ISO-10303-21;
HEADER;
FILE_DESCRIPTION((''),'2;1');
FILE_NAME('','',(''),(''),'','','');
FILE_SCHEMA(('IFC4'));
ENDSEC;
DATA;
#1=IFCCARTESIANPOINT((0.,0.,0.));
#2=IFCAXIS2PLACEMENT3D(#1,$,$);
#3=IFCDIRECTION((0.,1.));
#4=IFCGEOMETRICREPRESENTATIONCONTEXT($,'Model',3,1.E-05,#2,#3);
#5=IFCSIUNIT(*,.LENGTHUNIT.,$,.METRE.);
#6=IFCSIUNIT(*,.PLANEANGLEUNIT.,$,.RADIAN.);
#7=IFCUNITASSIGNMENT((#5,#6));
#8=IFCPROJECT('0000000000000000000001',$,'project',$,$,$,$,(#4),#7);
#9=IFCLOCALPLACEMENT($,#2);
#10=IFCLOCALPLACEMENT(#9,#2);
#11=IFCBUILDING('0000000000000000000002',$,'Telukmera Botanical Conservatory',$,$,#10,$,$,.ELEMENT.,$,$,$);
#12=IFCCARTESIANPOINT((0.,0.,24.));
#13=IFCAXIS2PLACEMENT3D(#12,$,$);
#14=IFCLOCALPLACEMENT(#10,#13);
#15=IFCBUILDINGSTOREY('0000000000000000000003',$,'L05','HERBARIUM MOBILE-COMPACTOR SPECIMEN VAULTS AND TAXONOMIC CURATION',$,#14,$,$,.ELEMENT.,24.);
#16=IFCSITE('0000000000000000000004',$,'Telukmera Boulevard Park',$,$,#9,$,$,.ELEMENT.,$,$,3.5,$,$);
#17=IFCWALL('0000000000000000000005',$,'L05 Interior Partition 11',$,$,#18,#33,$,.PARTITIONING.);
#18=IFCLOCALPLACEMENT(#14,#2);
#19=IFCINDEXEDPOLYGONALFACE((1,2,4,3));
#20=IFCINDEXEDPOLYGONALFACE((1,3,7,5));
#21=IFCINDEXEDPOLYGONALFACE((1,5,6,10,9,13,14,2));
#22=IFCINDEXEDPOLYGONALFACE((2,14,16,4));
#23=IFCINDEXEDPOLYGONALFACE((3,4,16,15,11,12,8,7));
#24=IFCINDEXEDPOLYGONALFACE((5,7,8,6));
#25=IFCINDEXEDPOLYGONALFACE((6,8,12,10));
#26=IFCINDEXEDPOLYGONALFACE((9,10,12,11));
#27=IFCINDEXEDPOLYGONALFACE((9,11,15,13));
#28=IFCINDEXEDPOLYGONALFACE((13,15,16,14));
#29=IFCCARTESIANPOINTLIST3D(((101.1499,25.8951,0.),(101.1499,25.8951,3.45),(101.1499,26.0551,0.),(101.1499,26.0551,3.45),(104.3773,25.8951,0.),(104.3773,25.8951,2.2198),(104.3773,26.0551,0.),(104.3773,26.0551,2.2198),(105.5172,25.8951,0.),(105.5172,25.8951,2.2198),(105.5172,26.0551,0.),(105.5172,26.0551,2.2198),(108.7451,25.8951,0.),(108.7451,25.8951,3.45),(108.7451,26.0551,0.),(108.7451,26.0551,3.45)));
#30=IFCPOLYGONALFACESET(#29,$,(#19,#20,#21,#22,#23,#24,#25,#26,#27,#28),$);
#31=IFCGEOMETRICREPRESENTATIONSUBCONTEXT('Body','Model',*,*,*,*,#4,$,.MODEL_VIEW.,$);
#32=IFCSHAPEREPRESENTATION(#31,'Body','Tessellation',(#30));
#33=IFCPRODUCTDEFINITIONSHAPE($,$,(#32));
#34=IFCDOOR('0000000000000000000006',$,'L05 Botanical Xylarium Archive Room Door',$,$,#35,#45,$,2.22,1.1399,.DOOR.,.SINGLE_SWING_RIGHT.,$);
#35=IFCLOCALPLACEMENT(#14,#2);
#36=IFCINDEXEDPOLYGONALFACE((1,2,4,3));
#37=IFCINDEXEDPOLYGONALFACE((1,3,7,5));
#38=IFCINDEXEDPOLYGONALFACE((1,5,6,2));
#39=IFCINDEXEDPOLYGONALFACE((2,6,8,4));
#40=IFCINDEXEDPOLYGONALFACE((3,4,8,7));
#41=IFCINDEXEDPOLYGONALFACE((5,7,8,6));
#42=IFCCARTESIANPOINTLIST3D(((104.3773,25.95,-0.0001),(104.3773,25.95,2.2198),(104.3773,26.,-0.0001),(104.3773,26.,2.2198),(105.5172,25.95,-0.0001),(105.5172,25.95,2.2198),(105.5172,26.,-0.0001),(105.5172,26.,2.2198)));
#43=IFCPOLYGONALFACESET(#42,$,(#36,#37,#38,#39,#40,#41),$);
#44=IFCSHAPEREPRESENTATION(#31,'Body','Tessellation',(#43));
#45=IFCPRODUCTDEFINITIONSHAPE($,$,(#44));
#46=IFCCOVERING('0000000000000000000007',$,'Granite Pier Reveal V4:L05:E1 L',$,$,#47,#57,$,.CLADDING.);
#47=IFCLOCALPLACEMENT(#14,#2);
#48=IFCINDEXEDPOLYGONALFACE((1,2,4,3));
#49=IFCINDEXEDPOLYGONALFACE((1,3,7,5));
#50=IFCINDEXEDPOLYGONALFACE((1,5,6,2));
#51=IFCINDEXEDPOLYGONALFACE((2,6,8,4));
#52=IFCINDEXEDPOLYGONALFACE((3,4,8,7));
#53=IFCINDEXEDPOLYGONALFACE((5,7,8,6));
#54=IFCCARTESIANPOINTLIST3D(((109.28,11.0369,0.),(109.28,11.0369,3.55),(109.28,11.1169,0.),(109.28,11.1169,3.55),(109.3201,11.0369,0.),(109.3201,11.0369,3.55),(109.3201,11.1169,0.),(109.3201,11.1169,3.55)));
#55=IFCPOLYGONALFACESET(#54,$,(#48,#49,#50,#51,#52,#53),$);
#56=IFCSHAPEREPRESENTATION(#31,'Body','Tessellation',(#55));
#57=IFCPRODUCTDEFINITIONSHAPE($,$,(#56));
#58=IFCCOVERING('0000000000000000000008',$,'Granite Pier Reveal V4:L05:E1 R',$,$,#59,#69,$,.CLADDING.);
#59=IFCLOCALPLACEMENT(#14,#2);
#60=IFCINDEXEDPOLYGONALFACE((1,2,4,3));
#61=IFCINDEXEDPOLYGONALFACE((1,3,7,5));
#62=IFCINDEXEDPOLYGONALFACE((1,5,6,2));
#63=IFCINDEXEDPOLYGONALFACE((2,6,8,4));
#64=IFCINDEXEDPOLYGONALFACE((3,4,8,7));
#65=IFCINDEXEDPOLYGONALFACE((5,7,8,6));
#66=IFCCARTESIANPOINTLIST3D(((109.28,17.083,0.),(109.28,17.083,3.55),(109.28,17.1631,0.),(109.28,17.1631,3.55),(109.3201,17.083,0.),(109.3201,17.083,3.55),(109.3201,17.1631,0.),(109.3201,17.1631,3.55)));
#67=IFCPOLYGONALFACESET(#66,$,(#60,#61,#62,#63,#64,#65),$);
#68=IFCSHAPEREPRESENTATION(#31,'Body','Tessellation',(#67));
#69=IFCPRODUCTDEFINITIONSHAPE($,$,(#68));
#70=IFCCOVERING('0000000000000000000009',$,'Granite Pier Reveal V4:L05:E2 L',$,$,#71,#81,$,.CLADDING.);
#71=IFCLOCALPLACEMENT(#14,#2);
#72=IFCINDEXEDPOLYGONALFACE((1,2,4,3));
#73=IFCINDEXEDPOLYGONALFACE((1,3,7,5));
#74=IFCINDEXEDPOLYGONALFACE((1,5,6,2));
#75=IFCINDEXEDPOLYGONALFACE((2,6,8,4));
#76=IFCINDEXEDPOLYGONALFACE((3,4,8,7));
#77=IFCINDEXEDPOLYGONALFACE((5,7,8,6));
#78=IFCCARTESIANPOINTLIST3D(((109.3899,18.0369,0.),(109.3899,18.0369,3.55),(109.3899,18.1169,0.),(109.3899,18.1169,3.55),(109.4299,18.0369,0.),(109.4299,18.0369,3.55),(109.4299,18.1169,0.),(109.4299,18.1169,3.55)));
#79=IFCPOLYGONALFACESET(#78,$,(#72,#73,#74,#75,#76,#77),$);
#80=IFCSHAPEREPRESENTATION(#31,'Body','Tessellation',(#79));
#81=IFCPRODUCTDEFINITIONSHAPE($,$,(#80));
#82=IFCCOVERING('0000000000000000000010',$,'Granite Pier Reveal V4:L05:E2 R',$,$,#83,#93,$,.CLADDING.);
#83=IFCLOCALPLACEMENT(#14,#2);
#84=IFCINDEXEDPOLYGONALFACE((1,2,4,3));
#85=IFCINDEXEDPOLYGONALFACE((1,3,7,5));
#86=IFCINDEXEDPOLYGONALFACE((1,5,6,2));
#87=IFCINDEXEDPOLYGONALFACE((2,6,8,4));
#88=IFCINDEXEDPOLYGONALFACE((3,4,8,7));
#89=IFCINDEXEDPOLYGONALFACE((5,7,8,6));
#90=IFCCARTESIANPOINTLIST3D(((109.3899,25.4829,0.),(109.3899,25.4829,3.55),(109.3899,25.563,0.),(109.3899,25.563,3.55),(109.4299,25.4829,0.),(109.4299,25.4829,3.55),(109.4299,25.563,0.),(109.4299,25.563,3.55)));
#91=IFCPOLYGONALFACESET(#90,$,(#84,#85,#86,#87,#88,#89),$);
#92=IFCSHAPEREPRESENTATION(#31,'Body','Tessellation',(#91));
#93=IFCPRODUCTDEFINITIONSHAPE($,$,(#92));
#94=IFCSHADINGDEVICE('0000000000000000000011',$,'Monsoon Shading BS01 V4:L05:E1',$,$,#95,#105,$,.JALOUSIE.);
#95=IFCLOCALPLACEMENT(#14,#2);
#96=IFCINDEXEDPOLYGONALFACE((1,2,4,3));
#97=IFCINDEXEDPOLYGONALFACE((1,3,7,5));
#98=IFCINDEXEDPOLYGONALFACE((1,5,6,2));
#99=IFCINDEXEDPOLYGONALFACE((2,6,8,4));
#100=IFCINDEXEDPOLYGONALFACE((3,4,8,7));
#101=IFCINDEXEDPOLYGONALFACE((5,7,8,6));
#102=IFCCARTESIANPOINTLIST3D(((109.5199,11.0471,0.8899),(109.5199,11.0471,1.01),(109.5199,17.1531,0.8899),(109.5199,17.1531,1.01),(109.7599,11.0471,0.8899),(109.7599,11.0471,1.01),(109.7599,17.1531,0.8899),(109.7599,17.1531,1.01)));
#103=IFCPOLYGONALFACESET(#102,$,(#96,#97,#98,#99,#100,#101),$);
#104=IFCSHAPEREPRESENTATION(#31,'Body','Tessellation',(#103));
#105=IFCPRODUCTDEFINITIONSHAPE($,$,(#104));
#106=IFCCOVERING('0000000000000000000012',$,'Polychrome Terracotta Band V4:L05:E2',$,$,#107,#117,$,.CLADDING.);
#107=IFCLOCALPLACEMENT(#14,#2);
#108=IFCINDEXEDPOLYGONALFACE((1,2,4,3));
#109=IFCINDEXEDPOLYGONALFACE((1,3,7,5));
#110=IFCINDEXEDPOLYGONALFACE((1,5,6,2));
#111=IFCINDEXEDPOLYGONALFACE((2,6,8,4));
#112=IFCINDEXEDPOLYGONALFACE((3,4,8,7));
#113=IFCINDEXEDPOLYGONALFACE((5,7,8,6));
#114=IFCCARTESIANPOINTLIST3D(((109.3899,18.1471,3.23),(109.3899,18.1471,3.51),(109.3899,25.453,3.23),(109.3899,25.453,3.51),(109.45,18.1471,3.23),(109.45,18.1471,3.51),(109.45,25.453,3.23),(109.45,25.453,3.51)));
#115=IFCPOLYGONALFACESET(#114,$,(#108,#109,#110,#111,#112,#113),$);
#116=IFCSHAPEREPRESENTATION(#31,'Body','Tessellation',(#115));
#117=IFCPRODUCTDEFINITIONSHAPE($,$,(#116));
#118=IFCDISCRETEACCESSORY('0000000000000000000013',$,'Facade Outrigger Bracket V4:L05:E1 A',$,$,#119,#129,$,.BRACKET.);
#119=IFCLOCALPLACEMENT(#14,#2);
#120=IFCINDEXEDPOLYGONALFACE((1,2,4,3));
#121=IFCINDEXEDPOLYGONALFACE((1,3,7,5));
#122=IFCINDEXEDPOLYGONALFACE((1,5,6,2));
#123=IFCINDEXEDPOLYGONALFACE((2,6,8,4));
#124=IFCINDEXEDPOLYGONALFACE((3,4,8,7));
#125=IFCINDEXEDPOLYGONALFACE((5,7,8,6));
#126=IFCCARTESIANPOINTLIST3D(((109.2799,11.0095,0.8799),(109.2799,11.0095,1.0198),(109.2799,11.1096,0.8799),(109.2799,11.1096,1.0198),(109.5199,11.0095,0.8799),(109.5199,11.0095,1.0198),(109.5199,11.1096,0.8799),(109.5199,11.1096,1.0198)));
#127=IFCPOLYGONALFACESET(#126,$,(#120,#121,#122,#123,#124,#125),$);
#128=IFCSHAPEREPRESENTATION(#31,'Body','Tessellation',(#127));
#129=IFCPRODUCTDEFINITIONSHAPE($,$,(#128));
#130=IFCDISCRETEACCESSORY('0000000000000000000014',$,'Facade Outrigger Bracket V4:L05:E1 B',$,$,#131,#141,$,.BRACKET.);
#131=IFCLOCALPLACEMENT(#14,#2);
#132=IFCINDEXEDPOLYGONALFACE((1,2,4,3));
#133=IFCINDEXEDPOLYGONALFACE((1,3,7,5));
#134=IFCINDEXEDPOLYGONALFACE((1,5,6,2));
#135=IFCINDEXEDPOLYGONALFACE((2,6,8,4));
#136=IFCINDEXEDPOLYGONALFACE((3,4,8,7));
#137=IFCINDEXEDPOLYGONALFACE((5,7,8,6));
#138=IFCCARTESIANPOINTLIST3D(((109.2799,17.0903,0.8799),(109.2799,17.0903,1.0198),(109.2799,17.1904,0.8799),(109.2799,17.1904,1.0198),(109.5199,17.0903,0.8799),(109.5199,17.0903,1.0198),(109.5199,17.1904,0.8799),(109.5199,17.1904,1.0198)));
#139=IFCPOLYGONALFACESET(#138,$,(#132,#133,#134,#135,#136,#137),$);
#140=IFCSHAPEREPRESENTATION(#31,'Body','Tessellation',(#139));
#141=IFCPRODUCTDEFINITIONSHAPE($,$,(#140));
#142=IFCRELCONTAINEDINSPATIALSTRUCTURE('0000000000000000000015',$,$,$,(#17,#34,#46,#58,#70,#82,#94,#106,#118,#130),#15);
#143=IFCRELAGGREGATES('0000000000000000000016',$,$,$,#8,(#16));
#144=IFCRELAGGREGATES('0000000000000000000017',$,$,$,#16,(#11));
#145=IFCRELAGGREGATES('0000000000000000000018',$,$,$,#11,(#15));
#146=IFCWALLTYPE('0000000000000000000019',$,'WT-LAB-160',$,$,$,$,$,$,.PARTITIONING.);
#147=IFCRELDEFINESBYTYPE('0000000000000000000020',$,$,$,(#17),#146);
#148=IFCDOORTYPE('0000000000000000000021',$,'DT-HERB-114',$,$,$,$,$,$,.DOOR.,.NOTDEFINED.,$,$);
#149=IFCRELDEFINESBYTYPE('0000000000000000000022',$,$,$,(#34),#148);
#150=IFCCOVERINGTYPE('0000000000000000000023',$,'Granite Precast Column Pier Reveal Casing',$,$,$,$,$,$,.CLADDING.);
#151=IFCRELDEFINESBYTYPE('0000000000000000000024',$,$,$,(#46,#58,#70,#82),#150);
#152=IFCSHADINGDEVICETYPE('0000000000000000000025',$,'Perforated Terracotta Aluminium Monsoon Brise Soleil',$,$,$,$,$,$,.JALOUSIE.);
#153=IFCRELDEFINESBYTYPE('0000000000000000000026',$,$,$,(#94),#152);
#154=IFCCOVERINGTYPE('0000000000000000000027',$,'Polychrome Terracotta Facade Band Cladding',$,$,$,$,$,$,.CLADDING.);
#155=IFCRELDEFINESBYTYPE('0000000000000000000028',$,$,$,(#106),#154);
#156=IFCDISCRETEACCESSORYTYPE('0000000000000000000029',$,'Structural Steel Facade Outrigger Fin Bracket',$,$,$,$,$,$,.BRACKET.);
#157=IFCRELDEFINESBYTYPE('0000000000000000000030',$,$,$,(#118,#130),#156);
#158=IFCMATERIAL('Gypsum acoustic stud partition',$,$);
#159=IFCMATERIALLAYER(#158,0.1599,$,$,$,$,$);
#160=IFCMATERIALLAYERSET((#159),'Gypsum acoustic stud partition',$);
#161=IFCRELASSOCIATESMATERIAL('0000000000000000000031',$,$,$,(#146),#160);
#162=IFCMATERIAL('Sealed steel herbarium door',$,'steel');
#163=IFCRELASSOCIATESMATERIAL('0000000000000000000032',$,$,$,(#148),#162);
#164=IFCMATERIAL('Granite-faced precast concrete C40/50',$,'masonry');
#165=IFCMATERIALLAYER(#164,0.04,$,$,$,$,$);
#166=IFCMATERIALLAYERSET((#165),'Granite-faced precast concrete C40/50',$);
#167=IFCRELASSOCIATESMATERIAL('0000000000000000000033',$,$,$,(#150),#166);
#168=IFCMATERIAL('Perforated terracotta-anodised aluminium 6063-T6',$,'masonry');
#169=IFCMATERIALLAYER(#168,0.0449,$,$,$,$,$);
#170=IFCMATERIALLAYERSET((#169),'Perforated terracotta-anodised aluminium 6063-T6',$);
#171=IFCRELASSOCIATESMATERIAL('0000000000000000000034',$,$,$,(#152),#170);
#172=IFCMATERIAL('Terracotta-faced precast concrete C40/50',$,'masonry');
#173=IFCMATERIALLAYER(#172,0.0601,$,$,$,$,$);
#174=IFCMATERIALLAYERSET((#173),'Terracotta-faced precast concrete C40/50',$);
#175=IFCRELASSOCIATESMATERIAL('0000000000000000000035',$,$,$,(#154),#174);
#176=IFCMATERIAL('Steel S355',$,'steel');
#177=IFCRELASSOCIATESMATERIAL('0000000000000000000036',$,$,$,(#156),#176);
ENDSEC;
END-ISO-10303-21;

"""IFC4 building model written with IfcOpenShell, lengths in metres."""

from ifc_helpers import new_model, si_unit, direction, frame, frame_2d, origin, origin_2d, place, context, subcontext, project, spatial, rectangle, extrude, material, layer, layer_set, type_object, element, fill, save


model = new_model("IFC4")

# Units and contexts
model_context = context("Model", 3, precision=1e-05, world=origin(), true_north=direction((0.0, 1.0)))
body_context = subcontext(model_context, "Body", "Model", "MODEL_VIEW")
ifc_project = project(units=[si_unit("LENGTHUNIT", "METRE"), si_unit("PLANEANGLEUNIT", "RADIAN")], contexts=[model_context])

# Site, building, storey
site_placement = place(None, origin())
site = spatial("IfcSite", under=ifc_project, at=site_placement, Name="Telukmera Boulevard Park", CompositionType="ELEMENT", RefElevation=3.5)
building_placement = place(site_placement, origin())
building = spatial("IfcBuilding", under=site, at=building_placement, Name="Telukmera Botanical Conservatory", CompositionType="ELEMENT")
storey_placement = place(building_placement, frame((0.0, 0.0, 24.0)))
storey = spatial("IfcBuildingStorey", under=building, at=storey_placement, Name="L05", Description="HERBARIUM MOBILE-COMPACTOR SPECIMEN VAULTS AND TAXONOMIC CURATION", CompositionType="ELEMENT", Elevation=24.0)

# Shared definitions
ifc_material_1 = material(Name="Terracotta-faced precast concrete C40/50", Category="masonry")

# Wall, opening, door
ifc_material_2 = material(Name="Gypsum acoustic stud partition")
ifc_layer_1 = layer(ifc_material_2, 0.1599)
ifc_layer_set_1 = layer_set([ifc_layer_1], Name="Gypsum acoustic stud partition")
wall_type_1 = type_object("IfcWallType", Name="WT-LAB-160", PredefinedType="PARTITIONING", material=ifc_layer_set_1)
wall_1_placement = place(storey_placement, frame((101.1499, 25.9751, 0.0), z_axis=(0.0, 0.0, 1.0), x_axis=(1.0, 0.0, 0.0)))
wall_1 = element("IfcWall", 1, at=wall_1_placement, inside=storey, type_object=wall_type_1, Name="L05 Interior Partition 11", PredefinedType="PARTITIONING", context=body_context, shape_type="SweptSolid", body=[
    extrude(rectangle(XDim=7.5952, YDim=0.1599, at=frame_2d((3.7976, 0.0))), origin(), (0.0, 0.0, 1.0), 3.45),
])
opening_placement = place(wall_1_placement, frame((3.2275, 0.0, 0.0)))
opening = element("IfcOpeningElement", 2, at=opening_placement, cuts=wall_1, PredefinedType="OPENING", context=body_context, shape_type="SweptSolid", body=[
    extrude(rectangle(XDim=1.1399, YDim=2.22, at=frame_2d((0.5698, 1.1099))), frame((0.0, 0.0898, 0.0), z_axis=(0.0, -1.0, 0.0), x_axis=(1.0, 0.0, 0.0)), (0.0, 0.0, 1.0), 0.1799),
])
ifc_material_3 = material(Name="Sealed steel herbarium door", Category="steel")
door_type = type_object("IfcDoorType", Name="DT-HERB-114", OperationType="NOTDEFINED", PredefinedType="DOOR", material=ifc_material_3)
door_placement = place(opening_placement, origin())
door = element("IfcDoor", 3, at=door_placement, inside=storey, type_object=door_type, Name="L05 Botanical Xylarium Archive Room Door", OperationType="SINGLE_SWING_RIGHT", OverallHeight=2.22, OverallWidth=1.1399, PredefinedType="DOOR", context=body_context, shape_type="SweptSolid", body=[
    extrude(rectangle(XDim=1.1399, YDim=2.22, at=frame_2d((0.5698, 1.1099))), frame((0.0, 0.0249, 0.0), z_axis=(0.0, -1.0, 0.0), x_axis=(1.0, 0.0, 0.0)), (0.0, 0.0, 1.0), 0.05),
])
fill(opening, door)

# Coverings
ifc_material_4 = material(Name="Granite-faced precast concrete C40/50", Category="masonry")
ifc_layer_2 = layer(ifc_material_4, 0.04)
ifc_layer_set_2 = layer_set([ifc_layer_2], Name="Granite-faced precast concrete C40/50")
covering_type_1 = type_object("IfcCoveringType", Name="Granite Precast Column Pier Reveal Casing", PredefinedType="CLADDING", material=ifc_layer_set_2)
for number, where, z_axis, x_axis, name in (
    (4, (109.3, 11.0769, 0.0), (0.0, 0.0, 1.0), (0.0, 1.0, 0.0), "Granite Pier Reveal V4:L05:E1 L"),
    (5, (109.3, 17.123, 0.0), (0.0, 0.0, 1.0), (0.0, 1.0, 0.0), "Granite Pier Reveal V4:L05:E1 R"),
    (6, (109.4099, 18.0769, 0.0), (0.0, 0.0, 1.0), (0.0, 1.0, 0.0), "Granite Pier Reveal V4:L05:E2 L"),
    (7, (109.4099, 25.5229, 0.0), (0.0, 0.0, 1.0), (0.0, 1.0, 0.0), "Granite Pier Reveal V4:L05:E2 R"),
):
    element("IfcCovering", number, at=place(storey_placement, frame(where, z_axis=z_axis, x_axis=x_axis)), inside=storey, type_object=covering_type_1, Name=name, PredefinedType="CLADDING", context=body_context, shape_type="SweptSolid", body=[
        extrude(rectangle(XDim=0.0801, YDim=0.04, at=origin_2d()), origin(), (0.0, 0.0, 1.0), 3.55),
    ])

# Shading device
ifc_material_5 = material(Name="Perforated terracotta-anodised aluminium 6063-T6", Category="masonry")
ifc_layer_3 = layer(ifc_material_5, 0.0449)
ifc_layer_set_3 = layer_set([ifc_layer_3], Name="Perforated terracotta-anodised aluminium 6063-T6")
shading_device_type = type_object("IfcShadingDeviceType", Name="Perforated Terracotta Aluminium Monsoon Brise Soleil", PredefinedType="JALOUSIE", material=ifc_layer_set_3)
shading_device_placement = place(storey_placement, frame((109.6399, 14.1001, 0.8899), z_axis=(0.0, 0.0, 1.0), x_axis=(0.0, 1.0, 0.0)))
element("IfcShadingDevice", 8, at=shading_device_placement, inside=storey, type_object=shading_device_type, Name="Monsoon Shading BS01 V4:L05:E1", PredefinedType="JALOUSIE", context=body_context, shape_type="SweptSolid", body=[
    extrude(rectangle(XDim=6.106, YDim=0.24, at=origin_2d()), origin(), (0.0, 0.0, 1.0), 0.1201),
])

# Covering
ifc_layer_4 = layer(ifc_material_1, 0.0601)
ifc_layer_set_4 = layer_set([ifc_layer_4], Name="Terracotta-faced precast concrete C40/50")
covering_type_2 = type_object("IfcCoveringType", Name="Polychrome Terracotta Facade Band Cladding", PredefinedType="CLADDING", material=ifc_layer_set_4)
covering_placement = place(storey_placement, frame((109.4199, 21.8, 3.23), z_axis=(0.0, 0.0, 1.0), x_axis=(0.0, 1.0, 0.0)))
element("IfcCovering", 9, at=covering_placement, inside=storey, type_object=covering_type_2, Name="Polychrome Terracotta Band V4:L05:E2", PredefinedType="CLADDING", context=body_context, shape_type="SweptSolid", body=[
    extrude(rectangle(XDim=7.3059, YDim=0.0601, at=origin_2d()), origin(), (0.0, 0.0, 1.0), 0.28),
])

# Discrete accessories
ifc_material_6 = material(Name="Steel S355", Category="steel")
discrete_accessory_type = type_object("IfcDiscreteAccessoryType", Name="Structural Steel Facade Outrigger Fin Bracket", PredefinedType="BRACKET", material=ifc_material_6)
for number, where, z_axis, x_axis, name in (
    (10, (109.3999, 11.0596, 0.8799), (0.0, 0.0, 1.0), (0.0, 1.0, 0.0), "Facade Outrigger Bracket V4:L05:E1 A"),
    (11, (109.3999, 17.1404, 0.8799), (0.0, 0.0, 1.0), (0.0, 1.0, 0.0), "Facade Outrigger Bracket V4:L05:E1 B"),
):
    element("IfcDiscreteAccessory", number, at=place(storey_placement, frame(where, z_axis=z_axis, x_axis=x_axis)), inside=storey, type_object=discrete_accessory_type, Name=name, PredefinedType="BRACKET", context=body_context, shape_type="SweptSolid", body=[
        extrude(rectangle(XDim=0.1001, YDim=0.24, at=origin_2d()), origin(), (0.0, 0.0, 1.0), 0.1399),
    ])

save(model, "model.ifc")
